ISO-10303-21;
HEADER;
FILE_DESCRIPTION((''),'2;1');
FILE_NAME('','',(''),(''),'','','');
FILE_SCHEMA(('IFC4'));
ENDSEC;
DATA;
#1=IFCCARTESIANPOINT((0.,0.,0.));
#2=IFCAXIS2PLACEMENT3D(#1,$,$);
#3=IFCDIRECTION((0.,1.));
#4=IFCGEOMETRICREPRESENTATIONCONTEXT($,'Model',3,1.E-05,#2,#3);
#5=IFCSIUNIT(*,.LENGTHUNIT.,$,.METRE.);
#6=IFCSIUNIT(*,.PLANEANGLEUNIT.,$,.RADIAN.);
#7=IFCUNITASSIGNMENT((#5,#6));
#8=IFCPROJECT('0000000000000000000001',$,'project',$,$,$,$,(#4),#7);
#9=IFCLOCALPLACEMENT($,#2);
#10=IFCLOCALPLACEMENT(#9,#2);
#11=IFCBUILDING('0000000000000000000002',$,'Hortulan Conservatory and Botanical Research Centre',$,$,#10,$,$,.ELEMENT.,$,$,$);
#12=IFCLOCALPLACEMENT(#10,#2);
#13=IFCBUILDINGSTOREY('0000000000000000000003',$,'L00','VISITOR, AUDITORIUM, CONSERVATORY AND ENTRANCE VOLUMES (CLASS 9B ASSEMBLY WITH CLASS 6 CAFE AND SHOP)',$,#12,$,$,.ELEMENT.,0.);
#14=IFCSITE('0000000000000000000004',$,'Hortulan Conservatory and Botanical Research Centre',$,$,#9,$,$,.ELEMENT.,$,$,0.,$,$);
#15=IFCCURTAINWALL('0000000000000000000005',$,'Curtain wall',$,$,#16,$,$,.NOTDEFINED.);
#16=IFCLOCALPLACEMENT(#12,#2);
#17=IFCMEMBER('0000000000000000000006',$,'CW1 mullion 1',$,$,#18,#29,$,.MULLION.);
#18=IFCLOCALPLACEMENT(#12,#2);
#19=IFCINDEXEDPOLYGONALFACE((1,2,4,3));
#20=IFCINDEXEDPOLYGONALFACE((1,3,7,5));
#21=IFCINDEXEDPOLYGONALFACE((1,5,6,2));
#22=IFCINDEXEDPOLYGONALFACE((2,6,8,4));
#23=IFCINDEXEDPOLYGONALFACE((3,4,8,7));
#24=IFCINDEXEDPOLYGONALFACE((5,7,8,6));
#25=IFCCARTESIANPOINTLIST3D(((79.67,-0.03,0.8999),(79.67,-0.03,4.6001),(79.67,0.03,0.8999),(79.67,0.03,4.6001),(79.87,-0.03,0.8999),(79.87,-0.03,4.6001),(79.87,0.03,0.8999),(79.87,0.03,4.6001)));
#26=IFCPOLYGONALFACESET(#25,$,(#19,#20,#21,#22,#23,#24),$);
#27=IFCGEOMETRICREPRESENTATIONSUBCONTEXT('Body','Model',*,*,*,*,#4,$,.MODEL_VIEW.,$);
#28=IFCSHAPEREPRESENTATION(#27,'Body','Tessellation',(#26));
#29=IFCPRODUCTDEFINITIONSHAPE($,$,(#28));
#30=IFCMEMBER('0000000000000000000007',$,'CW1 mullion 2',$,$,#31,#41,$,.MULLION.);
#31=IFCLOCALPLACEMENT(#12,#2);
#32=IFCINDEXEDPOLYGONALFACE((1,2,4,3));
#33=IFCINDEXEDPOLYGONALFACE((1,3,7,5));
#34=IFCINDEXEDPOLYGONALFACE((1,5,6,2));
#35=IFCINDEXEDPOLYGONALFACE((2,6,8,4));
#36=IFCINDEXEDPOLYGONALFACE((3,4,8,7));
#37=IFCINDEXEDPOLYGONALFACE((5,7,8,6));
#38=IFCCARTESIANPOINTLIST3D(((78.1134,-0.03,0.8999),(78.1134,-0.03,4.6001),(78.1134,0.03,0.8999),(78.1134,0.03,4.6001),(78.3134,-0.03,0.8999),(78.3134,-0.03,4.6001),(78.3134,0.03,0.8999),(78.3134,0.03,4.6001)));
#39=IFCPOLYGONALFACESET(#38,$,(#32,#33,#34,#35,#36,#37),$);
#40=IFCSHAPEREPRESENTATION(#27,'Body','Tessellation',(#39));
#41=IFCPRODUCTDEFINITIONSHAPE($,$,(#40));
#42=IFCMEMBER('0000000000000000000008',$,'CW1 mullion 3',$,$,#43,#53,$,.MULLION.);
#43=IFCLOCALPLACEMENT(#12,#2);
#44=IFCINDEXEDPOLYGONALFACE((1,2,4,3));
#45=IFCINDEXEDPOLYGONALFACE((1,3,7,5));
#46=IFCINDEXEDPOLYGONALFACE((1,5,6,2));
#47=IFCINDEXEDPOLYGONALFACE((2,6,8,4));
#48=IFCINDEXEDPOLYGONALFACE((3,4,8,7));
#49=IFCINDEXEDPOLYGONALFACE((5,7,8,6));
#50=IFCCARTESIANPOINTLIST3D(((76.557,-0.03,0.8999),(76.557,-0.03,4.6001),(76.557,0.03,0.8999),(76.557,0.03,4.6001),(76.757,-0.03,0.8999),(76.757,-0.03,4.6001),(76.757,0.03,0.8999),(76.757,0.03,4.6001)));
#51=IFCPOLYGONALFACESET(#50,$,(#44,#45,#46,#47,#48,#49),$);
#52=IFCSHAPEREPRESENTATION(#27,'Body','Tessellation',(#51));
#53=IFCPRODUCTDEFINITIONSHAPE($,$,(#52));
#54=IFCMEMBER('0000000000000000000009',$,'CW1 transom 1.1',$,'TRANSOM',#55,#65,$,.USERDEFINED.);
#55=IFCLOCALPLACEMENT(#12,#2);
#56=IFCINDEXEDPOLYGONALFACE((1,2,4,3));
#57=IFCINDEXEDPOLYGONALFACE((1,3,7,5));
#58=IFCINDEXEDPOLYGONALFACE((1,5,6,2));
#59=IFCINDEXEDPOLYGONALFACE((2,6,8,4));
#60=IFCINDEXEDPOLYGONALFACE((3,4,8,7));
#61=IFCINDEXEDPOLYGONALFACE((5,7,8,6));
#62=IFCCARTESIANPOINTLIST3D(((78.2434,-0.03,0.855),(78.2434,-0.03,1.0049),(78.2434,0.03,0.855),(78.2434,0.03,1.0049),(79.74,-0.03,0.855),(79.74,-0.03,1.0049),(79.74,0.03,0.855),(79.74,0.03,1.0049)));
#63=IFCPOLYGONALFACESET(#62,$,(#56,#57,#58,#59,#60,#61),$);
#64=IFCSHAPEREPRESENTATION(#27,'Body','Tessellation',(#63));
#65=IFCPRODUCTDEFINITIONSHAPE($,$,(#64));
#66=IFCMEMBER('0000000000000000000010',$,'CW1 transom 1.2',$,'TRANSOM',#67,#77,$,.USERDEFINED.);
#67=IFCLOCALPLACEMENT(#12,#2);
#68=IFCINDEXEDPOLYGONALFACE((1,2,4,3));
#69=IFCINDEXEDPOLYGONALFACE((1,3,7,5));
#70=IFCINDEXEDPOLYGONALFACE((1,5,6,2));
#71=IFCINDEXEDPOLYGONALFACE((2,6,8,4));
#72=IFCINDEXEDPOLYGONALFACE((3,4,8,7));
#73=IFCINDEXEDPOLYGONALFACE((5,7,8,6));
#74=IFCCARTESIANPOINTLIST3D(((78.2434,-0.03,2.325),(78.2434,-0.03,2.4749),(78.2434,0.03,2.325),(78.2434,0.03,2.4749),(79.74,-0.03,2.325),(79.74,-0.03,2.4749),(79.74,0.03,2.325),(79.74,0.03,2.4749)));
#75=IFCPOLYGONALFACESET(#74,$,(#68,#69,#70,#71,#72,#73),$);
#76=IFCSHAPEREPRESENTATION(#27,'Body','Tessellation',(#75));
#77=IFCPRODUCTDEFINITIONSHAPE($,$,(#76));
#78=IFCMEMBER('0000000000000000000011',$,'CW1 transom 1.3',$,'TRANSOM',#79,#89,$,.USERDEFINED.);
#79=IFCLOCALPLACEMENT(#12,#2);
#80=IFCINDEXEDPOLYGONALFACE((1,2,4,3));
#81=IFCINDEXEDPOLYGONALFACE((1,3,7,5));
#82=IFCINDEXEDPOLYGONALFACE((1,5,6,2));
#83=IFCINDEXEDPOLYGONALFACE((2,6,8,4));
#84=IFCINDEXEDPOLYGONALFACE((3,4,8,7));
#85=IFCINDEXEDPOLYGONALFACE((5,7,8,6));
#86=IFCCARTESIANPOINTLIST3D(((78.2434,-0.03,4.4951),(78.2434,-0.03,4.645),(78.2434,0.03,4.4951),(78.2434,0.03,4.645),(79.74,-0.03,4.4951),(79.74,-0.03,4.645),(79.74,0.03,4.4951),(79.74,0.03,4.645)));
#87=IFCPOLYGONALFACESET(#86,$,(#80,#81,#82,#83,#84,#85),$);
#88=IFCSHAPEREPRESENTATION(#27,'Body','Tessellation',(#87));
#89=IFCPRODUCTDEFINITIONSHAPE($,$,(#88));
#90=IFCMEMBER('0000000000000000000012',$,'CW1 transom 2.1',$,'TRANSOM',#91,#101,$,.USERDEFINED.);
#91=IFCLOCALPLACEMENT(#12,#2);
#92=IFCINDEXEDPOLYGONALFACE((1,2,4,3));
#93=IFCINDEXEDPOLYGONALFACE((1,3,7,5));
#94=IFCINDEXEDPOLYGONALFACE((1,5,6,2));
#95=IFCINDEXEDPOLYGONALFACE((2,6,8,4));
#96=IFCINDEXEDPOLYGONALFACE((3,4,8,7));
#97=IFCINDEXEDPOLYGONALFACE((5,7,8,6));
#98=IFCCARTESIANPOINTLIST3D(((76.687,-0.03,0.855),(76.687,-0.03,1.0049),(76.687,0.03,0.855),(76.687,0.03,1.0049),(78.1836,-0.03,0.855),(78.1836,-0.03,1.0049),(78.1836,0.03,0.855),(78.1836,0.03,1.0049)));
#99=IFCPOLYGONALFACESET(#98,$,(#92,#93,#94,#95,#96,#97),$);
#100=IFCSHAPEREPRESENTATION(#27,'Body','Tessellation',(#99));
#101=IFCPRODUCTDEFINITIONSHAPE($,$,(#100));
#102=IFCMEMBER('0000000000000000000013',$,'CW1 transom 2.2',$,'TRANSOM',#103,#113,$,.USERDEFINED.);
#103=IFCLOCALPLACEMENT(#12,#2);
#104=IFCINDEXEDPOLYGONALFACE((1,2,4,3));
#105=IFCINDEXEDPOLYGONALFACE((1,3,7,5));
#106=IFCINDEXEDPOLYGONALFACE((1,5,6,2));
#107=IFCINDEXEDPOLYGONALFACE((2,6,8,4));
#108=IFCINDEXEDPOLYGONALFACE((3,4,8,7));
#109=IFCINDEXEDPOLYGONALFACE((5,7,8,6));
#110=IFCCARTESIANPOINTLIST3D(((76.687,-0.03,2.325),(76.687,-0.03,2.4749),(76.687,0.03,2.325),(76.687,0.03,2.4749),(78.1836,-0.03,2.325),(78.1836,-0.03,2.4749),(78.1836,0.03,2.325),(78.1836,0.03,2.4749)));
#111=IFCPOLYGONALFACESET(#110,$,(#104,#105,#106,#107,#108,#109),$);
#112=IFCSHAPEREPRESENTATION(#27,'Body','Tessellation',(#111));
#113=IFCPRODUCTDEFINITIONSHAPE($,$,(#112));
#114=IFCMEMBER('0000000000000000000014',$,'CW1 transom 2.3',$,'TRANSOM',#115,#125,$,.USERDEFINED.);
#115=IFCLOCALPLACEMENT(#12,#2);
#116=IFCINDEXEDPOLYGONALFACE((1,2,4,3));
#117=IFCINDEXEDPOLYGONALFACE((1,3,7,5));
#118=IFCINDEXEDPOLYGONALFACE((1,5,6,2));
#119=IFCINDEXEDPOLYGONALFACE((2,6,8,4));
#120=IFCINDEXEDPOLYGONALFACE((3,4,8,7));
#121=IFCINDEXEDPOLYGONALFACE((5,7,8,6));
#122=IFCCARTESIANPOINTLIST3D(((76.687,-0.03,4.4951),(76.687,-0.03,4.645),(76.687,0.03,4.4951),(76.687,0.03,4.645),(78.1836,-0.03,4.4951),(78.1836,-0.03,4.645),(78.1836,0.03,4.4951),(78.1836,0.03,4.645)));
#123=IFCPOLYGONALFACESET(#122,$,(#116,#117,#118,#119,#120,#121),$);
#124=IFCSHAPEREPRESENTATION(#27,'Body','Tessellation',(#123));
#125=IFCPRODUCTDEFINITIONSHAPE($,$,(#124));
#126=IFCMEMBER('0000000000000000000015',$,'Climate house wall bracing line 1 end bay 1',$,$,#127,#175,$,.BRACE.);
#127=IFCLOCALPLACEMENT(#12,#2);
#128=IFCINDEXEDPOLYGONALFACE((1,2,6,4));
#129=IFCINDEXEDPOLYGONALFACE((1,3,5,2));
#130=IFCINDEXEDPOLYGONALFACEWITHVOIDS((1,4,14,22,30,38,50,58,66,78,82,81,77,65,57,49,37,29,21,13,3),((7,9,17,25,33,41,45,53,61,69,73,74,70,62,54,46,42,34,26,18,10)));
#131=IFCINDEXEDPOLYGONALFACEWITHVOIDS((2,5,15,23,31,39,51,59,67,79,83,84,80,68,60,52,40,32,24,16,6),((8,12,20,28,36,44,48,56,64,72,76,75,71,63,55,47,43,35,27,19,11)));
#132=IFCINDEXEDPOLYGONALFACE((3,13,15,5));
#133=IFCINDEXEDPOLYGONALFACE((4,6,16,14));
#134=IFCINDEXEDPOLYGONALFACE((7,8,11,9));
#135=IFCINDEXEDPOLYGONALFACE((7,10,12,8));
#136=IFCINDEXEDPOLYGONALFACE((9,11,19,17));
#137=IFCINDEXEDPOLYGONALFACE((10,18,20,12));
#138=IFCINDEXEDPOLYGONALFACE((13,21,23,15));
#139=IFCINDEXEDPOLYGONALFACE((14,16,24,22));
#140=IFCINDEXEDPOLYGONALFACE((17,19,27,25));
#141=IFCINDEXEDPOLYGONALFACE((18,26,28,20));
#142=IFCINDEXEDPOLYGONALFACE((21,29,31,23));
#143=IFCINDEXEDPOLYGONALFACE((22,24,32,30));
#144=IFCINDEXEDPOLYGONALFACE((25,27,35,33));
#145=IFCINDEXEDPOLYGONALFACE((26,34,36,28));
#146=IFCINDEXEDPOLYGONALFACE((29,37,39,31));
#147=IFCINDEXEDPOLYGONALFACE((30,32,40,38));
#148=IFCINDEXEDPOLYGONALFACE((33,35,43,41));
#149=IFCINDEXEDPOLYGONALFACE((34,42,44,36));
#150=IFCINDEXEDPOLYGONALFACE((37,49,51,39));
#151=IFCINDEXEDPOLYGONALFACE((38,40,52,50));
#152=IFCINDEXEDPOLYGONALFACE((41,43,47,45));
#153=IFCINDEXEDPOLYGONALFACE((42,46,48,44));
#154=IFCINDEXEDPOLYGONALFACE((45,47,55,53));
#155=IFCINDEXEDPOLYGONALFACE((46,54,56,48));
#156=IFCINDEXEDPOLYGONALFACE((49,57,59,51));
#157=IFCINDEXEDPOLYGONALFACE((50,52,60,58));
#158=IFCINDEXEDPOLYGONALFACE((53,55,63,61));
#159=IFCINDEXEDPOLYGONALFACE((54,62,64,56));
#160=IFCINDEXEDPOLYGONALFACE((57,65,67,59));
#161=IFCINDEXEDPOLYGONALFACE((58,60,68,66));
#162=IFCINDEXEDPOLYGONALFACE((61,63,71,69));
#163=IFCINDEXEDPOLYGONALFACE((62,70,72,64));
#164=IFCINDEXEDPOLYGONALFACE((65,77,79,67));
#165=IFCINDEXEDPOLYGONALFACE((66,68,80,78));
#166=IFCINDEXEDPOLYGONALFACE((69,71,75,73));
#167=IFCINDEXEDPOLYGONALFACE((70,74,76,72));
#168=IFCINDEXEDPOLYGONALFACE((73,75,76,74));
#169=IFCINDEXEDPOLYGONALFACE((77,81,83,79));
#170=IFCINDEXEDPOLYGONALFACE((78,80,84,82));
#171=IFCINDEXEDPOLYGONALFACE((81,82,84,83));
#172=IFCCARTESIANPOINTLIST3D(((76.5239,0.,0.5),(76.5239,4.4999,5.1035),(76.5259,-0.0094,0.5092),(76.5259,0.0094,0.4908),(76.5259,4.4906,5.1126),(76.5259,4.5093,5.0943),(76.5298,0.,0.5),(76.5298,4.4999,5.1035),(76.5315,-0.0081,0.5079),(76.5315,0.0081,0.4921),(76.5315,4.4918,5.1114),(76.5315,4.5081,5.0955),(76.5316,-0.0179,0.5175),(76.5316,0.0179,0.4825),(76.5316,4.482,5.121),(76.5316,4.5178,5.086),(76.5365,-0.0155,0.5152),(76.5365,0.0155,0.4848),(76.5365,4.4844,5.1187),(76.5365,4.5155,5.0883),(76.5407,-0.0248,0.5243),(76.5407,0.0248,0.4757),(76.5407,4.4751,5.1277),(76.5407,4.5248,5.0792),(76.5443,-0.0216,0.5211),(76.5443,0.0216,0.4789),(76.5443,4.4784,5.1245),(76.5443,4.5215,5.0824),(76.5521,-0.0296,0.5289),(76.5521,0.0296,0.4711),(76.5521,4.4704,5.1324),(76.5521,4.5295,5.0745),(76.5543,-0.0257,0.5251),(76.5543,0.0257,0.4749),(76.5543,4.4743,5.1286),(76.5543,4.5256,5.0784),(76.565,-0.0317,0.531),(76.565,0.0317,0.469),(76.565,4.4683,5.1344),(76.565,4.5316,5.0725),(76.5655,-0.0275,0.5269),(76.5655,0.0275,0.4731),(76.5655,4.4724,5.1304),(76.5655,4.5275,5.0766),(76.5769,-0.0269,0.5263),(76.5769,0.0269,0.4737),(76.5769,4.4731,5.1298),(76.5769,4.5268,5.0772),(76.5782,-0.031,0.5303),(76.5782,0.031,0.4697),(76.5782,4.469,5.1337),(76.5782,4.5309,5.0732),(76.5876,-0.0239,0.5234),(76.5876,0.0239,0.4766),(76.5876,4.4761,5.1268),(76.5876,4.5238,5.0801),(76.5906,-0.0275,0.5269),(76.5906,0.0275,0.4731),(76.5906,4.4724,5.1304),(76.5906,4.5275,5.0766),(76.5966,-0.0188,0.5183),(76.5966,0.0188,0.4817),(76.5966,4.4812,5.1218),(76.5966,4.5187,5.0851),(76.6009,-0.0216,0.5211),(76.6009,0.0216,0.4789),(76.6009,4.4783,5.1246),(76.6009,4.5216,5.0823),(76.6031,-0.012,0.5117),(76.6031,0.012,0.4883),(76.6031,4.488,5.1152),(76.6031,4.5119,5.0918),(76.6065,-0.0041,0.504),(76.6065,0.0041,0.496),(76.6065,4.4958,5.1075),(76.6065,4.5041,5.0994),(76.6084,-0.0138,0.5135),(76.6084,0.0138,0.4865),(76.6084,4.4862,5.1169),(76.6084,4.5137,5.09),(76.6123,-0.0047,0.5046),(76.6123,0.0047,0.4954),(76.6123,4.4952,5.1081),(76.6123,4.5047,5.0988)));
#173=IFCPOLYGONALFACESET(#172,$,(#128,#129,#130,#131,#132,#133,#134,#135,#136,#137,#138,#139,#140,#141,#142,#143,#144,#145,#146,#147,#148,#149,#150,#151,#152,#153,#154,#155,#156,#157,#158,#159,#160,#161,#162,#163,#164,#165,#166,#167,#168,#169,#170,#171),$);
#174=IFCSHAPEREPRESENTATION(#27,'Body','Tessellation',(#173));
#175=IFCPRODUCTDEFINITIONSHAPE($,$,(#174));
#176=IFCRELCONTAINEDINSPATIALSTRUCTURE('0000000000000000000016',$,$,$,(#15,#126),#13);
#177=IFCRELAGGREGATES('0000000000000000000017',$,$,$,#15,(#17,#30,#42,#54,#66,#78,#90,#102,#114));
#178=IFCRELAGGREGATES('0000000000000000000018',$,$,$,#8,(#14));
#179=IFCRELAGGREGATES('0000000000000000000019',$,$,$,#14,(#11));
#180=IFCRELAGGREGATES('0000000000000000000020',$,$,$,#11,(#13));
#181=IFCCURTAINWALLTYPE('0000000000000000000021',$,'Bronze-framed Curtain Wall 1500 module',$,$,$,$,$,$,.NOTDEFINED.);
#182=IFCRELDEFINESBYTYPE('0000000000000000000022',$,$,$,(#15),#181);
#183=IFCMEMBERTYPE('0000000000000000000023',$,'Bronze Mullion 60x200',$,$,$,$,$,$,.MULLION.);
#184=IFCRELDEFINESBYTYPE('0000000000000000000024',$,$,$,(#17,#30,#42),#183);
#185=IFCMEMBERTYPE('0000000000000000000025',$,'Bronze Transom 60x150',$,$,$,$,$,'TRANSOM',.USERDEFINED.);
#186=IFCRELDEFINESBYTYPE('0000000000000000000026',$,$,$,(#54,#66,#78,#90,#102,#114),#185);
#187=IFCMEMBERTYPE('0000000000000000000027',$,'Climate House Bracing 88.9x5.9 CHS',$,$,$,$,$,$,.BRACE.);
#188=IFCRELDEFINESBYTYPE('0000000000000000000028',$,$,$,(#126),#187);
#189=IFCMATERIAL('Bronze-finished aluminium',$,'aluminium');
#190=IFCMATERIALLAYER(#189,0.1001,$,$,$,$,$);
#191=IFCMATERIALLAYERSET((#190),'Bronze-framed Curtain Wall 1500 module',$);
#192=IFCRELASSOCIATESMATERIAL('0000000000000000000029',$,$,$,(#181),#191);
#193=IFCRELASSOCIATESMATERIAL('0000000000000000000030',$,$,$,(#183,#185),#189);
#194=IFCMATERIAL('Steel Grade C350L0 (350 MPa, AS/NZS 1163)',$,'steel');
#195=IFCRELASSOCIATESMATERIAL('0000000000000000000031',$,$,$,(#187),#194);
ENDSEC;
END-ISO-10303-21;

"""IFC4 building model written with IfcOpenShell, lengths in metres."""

from ifc_helpers import new_model, si_unit, direction, frame, origin, origin_2d, place, context, subcontext, project, spatial, rectangle, hollow_circle, extrude, material, layer, layer_set, material_profile, profile_set, type_object, element, aggregate, save


model = new_model("IFC4")

# Units and contexts
model_context = context("Model", 3, precision=1e-05, world=origin(), true_north=direction((0.0, 1.0)))
body_context = subcontext(model_context, "Body", "Model", "MODEL_VIEW")
ifc_project = project(units=[si_unit("LENGTHUNIT", "METRE"), si_unit("PLANEANGLEUNIT", "RADIAN")], contexts=[model_context])

# Site, building, storey
site_placement = place(None, origin())
site = spatial("IfcSite", under=ifc_project, at=site_placement, Name="Hortulan Conservatory and Botanical Research Centre", CompositionType="ELEMENT", RefElevation=0.0)
building_placement = place(site_placement, origin())
building = spatial("IfcBuilding", under=site, at=building_placement, Name="Hortulan Conservatory and Botanical Research Centre", CompositionType="ELEMENT")
storey_placement = place(building_placement, origin())
storey = spatial("IfcBuildingStorey", under=building, at=storey_placement, Name="L00", Description="VISITOR, AUDITORIUM, CONSERVATORY AND ENTRANCE VOLUMES (CLASS 9B ASSEMBLY WITH CLASS 6 CAFE AND SHOP)", CompositionType="ELEMENT", Elevation=0.0)

# Curtain wall, members
ifc_material_1 = material(Name="Bronze-finished aluminium", Category="aluminium")
ifc_layer_1 = layer(ifc_material_1, 0.1001)
ifc_layer_set_1 = layer_set([ifc_layer_1], Name="Bronze-framed Curtain Wall 1500 module")
curtain_wall_type = type_object("IfcCurtainWallType", Name="Bronze-framed Curtain Wall 1500 module", PredefinedType="NOTDEFINED", material=ifc_layer_set_1)
curtain_wall_placement = place(storey_placement, origin())
curtain_wall = element("IfcCurtainWall", 1, at=curtain_wall_placement, inside=storey, type_object=curtain_wall_type, Name="Curtain wall", PredefinedType="NOTDEFINED")
ifc_material_profile_1 = material_profile(ifc_material_1, rectangle(XDim=0.0601, YDim=0.2, at=origin_2d()), Name="Bronze Mullion 60x200")
ifc_profile_set_1 = profile_set([ifc_material_profile_1], Name="Bronze-finished aluminium")
member_type_1 = type_object("IfcMemberType", Name="Bronze Mullion 60x200", PredefinedType="MULLION", material=ifc_profile_set_1)
member_1_placement = place(storey_placement, frame((79.77, 0.0, 0.8999), z_axis=(0.0, 0.0, 1.0), x_axis=(0.0, -1.0, 0.0)))
member_1 = element("IfcMember", 2, at=member_1_placement, type_object=member_type_1, Name="CW1 mullion 1", PredefinedType="MULLION", context=body_context, shape_type="SweptSolid", body=[
    extrude(rectangle(XDim=0.0601, YDim=0.2, at=origin_2d()), origin(), (0.0, 0.0, 1.0), 3.7002),
])
member_2_placement = place(storey_placement, frame((78.2134, 0.0, 0.8999), z_axis=(0.0, 0.0, 1.0), x_axis=(0.0, -1.0, 0.0)))
member_2 = element("IfcMember", 3, at=member_2_placement, type_object=member_type_1, Name="CW1 mullion 2", PredefinedType="MULLION", context=body_context, shape_type="SweptSolid", body=[
    extrude(rectangle(XDim=0.0601, YDim=0.2, at=origin_2d()), origin(), (0.0, 0.0, 1.0), 3.7002),
])
member_3_placement = place(storey_placement, frame((76.657, 0.0, 0.8999), z_axis=(0.0, 0.0, 1.0), x_axis=(0.0, -1.0, 0.0)))
member_3 = element("IfcMember", 4, at=member_3_placement, type_object=member_type_1, Name="CW1 mullion 3", PredefinedType="MULLION", context=body_context, shape_type="SweptSolid", body=[
    extrude(rectangle(XDim=0.0601, YDim=0.2, at=origin_2d()), origin(), (0.0, 0.0, 1.0), 3.7002),
])
ifc_material_profile_2 = material_profile(ifc_material_1, rectangle(XDim=0.0601, YDim=0.1499, at=origin_2d()), Name="Bronze Transom 60x150")
ifc_profile_set_2 = profile_set([ifc_material_profile_2], Name="Bronze-finished aluminium")
member_type_2 = type_object("IfcMemberType", Name="Bronze Transom 60x150", ElementType="TRANSOM", PredefinedType="USERDEFINED", material=ifc_profile_set_2)
member_4_placement = place(storey_placement, frame((79.74, 0.0, 0.9299), z_axis=(-1.0, 0.0, 0.0), x_axis=(0.0, -1.0, 0.0)))
member_4 = element("IfcMember", 5, at=member_4_placement, type_object=member_type_2, Name="CW1 transom 1.1", ObjectType="TRANSOM", PredefinedType="USERDEFINED", context=body_context, shape_type="SweptSolid", body=[
    extrude(rectangle(XDim=0.0601, YDim=0.1499, at=origin_2d()), origin(), (0.0, 0.0, 1.0), 1.4966),
])
member_5_placement = place(storey_placement, frame((79.74, 0.0, 2.3999), z_axis=(-1.0, 0.0, 0.0), x_axis=(0.0, -1.0, 0.0)))
member_5 = element("IfcMember", 6, at=member_5_placement, type_object=member_type_2, Name="CW1 transom 1.2", ObjectType="TRANSOM", PredefinedType="USERDEFINED", context=body_context, shape_type="SweptSolid", body=[
    extrude(rectangle(XDim=0.0601, YDim=0.1499, at=origin_2d()), origin(), (0.0, 0.0, 1.0), 1.4966),
])
member_6_placement = place(storey_placement, frame((79.74, 0.0, 4.5701), z_axis=(-1.0, 0.0, 0.0), x_axis=(0.0, -1.0, 0.0)))
member_6 = element("IfcMember", 7, at=member_6_placement, type_object=member_type_2, Name="CW1 transom 1.3", ObjectType="TRANSOM", PredefinedType="USERDEFINED", context=body_context, shape_type="SweptSolid", body=[
    extrude(rectangle(XDim=0.0601, YDim=0.1499, at=origin_2d()), origin(), (0.0, 0.0, 1.0), 1.4966),
])
member_7_placement = place(storey_placement, frame((78.1836, 0.0, 0.9299), z_axis=(-1.0, 0.0, 0.0), x_axis=(0.0, -1.0, 0.0)))
member_7 = element("IfcMember", 8, at=member_7_placement, type_object=member_type_2, Name="CW1 transom 2.1", ObjectType="TRANSOM", PredefinedType="USERDEFINED", context=body_context, shape_type="SweptSolid", body=[
    extrude(rectangle(XDim=0.0601, YDim=0.1499, at=origin_2d()), origin(), (0.0, 0.0, 1.0), 1.4966),
])
member_8_placement = place(storey_placement, frame((78.1836, 0.0, 2.3999), z_axis=(-1.0, 0.0, 0.0), x_axis=(0.0, -1.0, 0.0)))
member_8 = element("IfcMember", 9, at=member_8_placement, type_object=member_type_2, Name="CW1 transom 2.2", ObjectType="TRANSOM", PredefinedType="USERDEFINED", context=body_context, shape_type="SweptSolid", body=[
    extrude(rectangle(XDim=0.0601, YDim=0.1499, at=origin_2d()), origin(), (0.0, 0.0, 1.0), 1.4966),
])
member_9_placement = place(storey_placement, frame((78.1836, 0.0, 4.5701), z_axis=(-1.0, 0.0, 0.0), x_axis=(0.0, -1.0, 0.0)))
member_9 = element("IfcMember", 10, at=member_9_placement, type_object=member_type_2, Name="CW1 transom 2.3", ObjectType="TRANSOM", PredefinedType="USERDEFINED", context=body_context, shape_type="SweptSolid", body=[
    extrude(rectangle(XDim=0.0601, YDim=0.1499, at=origin_2d()), origin(), (0.0, 0.0, 1.0), 1.4966),
])

# Member
ifc_material_2 = material(Name="Steel Grade C350L0 (350 MPa, AS/NZS 1163)", Category="steel")
ifc_material_profile_3 = material_profile(ifc_material_2, hollow_circle(Radius=0.0444, WallThickness=0.0059, at=origin_2d()), Name="88.9x5.9CHS")
ifc_profile_set_3 = profile_set([ifc_material_profile_3], Name="Steel Grade C350L0 (350 MPa, AS/NZS 1163)")
member_type_3 = type_object("IfcMemberType", Name="Climate House Bracing 88.9x5.9 CHS", PredefinedType="BRACE", material=ifc_profile_set_3)
member_10_placement = place(storey_placement, frame((76.5684, 0.0, 0.5), z_axis=(0.0, 0.699021, 0.715101), x_axis=(-1.0, 0.0, 0.0)))
element("IfcMember", 11, at=member_10_placement, inside=storey, type_object=member_type_3, Name="Climate house wall bracing line 1 end bay 1", PredefinedType="BRACE", context=body_context, shape_type="SweptSolid", body=[
    extrude(hollow_circle(Radius=0.0444, WallThickness=0.0059, at=origin_2d()), origin(), (0.0, 0.0, 1.0), 6.4375),
])

aggregate(curtain_wall, [member_1, member_2, member_3, member_4, member_5, member_6, member_7, member_8, member_9])

save(model, "model.ifc")
